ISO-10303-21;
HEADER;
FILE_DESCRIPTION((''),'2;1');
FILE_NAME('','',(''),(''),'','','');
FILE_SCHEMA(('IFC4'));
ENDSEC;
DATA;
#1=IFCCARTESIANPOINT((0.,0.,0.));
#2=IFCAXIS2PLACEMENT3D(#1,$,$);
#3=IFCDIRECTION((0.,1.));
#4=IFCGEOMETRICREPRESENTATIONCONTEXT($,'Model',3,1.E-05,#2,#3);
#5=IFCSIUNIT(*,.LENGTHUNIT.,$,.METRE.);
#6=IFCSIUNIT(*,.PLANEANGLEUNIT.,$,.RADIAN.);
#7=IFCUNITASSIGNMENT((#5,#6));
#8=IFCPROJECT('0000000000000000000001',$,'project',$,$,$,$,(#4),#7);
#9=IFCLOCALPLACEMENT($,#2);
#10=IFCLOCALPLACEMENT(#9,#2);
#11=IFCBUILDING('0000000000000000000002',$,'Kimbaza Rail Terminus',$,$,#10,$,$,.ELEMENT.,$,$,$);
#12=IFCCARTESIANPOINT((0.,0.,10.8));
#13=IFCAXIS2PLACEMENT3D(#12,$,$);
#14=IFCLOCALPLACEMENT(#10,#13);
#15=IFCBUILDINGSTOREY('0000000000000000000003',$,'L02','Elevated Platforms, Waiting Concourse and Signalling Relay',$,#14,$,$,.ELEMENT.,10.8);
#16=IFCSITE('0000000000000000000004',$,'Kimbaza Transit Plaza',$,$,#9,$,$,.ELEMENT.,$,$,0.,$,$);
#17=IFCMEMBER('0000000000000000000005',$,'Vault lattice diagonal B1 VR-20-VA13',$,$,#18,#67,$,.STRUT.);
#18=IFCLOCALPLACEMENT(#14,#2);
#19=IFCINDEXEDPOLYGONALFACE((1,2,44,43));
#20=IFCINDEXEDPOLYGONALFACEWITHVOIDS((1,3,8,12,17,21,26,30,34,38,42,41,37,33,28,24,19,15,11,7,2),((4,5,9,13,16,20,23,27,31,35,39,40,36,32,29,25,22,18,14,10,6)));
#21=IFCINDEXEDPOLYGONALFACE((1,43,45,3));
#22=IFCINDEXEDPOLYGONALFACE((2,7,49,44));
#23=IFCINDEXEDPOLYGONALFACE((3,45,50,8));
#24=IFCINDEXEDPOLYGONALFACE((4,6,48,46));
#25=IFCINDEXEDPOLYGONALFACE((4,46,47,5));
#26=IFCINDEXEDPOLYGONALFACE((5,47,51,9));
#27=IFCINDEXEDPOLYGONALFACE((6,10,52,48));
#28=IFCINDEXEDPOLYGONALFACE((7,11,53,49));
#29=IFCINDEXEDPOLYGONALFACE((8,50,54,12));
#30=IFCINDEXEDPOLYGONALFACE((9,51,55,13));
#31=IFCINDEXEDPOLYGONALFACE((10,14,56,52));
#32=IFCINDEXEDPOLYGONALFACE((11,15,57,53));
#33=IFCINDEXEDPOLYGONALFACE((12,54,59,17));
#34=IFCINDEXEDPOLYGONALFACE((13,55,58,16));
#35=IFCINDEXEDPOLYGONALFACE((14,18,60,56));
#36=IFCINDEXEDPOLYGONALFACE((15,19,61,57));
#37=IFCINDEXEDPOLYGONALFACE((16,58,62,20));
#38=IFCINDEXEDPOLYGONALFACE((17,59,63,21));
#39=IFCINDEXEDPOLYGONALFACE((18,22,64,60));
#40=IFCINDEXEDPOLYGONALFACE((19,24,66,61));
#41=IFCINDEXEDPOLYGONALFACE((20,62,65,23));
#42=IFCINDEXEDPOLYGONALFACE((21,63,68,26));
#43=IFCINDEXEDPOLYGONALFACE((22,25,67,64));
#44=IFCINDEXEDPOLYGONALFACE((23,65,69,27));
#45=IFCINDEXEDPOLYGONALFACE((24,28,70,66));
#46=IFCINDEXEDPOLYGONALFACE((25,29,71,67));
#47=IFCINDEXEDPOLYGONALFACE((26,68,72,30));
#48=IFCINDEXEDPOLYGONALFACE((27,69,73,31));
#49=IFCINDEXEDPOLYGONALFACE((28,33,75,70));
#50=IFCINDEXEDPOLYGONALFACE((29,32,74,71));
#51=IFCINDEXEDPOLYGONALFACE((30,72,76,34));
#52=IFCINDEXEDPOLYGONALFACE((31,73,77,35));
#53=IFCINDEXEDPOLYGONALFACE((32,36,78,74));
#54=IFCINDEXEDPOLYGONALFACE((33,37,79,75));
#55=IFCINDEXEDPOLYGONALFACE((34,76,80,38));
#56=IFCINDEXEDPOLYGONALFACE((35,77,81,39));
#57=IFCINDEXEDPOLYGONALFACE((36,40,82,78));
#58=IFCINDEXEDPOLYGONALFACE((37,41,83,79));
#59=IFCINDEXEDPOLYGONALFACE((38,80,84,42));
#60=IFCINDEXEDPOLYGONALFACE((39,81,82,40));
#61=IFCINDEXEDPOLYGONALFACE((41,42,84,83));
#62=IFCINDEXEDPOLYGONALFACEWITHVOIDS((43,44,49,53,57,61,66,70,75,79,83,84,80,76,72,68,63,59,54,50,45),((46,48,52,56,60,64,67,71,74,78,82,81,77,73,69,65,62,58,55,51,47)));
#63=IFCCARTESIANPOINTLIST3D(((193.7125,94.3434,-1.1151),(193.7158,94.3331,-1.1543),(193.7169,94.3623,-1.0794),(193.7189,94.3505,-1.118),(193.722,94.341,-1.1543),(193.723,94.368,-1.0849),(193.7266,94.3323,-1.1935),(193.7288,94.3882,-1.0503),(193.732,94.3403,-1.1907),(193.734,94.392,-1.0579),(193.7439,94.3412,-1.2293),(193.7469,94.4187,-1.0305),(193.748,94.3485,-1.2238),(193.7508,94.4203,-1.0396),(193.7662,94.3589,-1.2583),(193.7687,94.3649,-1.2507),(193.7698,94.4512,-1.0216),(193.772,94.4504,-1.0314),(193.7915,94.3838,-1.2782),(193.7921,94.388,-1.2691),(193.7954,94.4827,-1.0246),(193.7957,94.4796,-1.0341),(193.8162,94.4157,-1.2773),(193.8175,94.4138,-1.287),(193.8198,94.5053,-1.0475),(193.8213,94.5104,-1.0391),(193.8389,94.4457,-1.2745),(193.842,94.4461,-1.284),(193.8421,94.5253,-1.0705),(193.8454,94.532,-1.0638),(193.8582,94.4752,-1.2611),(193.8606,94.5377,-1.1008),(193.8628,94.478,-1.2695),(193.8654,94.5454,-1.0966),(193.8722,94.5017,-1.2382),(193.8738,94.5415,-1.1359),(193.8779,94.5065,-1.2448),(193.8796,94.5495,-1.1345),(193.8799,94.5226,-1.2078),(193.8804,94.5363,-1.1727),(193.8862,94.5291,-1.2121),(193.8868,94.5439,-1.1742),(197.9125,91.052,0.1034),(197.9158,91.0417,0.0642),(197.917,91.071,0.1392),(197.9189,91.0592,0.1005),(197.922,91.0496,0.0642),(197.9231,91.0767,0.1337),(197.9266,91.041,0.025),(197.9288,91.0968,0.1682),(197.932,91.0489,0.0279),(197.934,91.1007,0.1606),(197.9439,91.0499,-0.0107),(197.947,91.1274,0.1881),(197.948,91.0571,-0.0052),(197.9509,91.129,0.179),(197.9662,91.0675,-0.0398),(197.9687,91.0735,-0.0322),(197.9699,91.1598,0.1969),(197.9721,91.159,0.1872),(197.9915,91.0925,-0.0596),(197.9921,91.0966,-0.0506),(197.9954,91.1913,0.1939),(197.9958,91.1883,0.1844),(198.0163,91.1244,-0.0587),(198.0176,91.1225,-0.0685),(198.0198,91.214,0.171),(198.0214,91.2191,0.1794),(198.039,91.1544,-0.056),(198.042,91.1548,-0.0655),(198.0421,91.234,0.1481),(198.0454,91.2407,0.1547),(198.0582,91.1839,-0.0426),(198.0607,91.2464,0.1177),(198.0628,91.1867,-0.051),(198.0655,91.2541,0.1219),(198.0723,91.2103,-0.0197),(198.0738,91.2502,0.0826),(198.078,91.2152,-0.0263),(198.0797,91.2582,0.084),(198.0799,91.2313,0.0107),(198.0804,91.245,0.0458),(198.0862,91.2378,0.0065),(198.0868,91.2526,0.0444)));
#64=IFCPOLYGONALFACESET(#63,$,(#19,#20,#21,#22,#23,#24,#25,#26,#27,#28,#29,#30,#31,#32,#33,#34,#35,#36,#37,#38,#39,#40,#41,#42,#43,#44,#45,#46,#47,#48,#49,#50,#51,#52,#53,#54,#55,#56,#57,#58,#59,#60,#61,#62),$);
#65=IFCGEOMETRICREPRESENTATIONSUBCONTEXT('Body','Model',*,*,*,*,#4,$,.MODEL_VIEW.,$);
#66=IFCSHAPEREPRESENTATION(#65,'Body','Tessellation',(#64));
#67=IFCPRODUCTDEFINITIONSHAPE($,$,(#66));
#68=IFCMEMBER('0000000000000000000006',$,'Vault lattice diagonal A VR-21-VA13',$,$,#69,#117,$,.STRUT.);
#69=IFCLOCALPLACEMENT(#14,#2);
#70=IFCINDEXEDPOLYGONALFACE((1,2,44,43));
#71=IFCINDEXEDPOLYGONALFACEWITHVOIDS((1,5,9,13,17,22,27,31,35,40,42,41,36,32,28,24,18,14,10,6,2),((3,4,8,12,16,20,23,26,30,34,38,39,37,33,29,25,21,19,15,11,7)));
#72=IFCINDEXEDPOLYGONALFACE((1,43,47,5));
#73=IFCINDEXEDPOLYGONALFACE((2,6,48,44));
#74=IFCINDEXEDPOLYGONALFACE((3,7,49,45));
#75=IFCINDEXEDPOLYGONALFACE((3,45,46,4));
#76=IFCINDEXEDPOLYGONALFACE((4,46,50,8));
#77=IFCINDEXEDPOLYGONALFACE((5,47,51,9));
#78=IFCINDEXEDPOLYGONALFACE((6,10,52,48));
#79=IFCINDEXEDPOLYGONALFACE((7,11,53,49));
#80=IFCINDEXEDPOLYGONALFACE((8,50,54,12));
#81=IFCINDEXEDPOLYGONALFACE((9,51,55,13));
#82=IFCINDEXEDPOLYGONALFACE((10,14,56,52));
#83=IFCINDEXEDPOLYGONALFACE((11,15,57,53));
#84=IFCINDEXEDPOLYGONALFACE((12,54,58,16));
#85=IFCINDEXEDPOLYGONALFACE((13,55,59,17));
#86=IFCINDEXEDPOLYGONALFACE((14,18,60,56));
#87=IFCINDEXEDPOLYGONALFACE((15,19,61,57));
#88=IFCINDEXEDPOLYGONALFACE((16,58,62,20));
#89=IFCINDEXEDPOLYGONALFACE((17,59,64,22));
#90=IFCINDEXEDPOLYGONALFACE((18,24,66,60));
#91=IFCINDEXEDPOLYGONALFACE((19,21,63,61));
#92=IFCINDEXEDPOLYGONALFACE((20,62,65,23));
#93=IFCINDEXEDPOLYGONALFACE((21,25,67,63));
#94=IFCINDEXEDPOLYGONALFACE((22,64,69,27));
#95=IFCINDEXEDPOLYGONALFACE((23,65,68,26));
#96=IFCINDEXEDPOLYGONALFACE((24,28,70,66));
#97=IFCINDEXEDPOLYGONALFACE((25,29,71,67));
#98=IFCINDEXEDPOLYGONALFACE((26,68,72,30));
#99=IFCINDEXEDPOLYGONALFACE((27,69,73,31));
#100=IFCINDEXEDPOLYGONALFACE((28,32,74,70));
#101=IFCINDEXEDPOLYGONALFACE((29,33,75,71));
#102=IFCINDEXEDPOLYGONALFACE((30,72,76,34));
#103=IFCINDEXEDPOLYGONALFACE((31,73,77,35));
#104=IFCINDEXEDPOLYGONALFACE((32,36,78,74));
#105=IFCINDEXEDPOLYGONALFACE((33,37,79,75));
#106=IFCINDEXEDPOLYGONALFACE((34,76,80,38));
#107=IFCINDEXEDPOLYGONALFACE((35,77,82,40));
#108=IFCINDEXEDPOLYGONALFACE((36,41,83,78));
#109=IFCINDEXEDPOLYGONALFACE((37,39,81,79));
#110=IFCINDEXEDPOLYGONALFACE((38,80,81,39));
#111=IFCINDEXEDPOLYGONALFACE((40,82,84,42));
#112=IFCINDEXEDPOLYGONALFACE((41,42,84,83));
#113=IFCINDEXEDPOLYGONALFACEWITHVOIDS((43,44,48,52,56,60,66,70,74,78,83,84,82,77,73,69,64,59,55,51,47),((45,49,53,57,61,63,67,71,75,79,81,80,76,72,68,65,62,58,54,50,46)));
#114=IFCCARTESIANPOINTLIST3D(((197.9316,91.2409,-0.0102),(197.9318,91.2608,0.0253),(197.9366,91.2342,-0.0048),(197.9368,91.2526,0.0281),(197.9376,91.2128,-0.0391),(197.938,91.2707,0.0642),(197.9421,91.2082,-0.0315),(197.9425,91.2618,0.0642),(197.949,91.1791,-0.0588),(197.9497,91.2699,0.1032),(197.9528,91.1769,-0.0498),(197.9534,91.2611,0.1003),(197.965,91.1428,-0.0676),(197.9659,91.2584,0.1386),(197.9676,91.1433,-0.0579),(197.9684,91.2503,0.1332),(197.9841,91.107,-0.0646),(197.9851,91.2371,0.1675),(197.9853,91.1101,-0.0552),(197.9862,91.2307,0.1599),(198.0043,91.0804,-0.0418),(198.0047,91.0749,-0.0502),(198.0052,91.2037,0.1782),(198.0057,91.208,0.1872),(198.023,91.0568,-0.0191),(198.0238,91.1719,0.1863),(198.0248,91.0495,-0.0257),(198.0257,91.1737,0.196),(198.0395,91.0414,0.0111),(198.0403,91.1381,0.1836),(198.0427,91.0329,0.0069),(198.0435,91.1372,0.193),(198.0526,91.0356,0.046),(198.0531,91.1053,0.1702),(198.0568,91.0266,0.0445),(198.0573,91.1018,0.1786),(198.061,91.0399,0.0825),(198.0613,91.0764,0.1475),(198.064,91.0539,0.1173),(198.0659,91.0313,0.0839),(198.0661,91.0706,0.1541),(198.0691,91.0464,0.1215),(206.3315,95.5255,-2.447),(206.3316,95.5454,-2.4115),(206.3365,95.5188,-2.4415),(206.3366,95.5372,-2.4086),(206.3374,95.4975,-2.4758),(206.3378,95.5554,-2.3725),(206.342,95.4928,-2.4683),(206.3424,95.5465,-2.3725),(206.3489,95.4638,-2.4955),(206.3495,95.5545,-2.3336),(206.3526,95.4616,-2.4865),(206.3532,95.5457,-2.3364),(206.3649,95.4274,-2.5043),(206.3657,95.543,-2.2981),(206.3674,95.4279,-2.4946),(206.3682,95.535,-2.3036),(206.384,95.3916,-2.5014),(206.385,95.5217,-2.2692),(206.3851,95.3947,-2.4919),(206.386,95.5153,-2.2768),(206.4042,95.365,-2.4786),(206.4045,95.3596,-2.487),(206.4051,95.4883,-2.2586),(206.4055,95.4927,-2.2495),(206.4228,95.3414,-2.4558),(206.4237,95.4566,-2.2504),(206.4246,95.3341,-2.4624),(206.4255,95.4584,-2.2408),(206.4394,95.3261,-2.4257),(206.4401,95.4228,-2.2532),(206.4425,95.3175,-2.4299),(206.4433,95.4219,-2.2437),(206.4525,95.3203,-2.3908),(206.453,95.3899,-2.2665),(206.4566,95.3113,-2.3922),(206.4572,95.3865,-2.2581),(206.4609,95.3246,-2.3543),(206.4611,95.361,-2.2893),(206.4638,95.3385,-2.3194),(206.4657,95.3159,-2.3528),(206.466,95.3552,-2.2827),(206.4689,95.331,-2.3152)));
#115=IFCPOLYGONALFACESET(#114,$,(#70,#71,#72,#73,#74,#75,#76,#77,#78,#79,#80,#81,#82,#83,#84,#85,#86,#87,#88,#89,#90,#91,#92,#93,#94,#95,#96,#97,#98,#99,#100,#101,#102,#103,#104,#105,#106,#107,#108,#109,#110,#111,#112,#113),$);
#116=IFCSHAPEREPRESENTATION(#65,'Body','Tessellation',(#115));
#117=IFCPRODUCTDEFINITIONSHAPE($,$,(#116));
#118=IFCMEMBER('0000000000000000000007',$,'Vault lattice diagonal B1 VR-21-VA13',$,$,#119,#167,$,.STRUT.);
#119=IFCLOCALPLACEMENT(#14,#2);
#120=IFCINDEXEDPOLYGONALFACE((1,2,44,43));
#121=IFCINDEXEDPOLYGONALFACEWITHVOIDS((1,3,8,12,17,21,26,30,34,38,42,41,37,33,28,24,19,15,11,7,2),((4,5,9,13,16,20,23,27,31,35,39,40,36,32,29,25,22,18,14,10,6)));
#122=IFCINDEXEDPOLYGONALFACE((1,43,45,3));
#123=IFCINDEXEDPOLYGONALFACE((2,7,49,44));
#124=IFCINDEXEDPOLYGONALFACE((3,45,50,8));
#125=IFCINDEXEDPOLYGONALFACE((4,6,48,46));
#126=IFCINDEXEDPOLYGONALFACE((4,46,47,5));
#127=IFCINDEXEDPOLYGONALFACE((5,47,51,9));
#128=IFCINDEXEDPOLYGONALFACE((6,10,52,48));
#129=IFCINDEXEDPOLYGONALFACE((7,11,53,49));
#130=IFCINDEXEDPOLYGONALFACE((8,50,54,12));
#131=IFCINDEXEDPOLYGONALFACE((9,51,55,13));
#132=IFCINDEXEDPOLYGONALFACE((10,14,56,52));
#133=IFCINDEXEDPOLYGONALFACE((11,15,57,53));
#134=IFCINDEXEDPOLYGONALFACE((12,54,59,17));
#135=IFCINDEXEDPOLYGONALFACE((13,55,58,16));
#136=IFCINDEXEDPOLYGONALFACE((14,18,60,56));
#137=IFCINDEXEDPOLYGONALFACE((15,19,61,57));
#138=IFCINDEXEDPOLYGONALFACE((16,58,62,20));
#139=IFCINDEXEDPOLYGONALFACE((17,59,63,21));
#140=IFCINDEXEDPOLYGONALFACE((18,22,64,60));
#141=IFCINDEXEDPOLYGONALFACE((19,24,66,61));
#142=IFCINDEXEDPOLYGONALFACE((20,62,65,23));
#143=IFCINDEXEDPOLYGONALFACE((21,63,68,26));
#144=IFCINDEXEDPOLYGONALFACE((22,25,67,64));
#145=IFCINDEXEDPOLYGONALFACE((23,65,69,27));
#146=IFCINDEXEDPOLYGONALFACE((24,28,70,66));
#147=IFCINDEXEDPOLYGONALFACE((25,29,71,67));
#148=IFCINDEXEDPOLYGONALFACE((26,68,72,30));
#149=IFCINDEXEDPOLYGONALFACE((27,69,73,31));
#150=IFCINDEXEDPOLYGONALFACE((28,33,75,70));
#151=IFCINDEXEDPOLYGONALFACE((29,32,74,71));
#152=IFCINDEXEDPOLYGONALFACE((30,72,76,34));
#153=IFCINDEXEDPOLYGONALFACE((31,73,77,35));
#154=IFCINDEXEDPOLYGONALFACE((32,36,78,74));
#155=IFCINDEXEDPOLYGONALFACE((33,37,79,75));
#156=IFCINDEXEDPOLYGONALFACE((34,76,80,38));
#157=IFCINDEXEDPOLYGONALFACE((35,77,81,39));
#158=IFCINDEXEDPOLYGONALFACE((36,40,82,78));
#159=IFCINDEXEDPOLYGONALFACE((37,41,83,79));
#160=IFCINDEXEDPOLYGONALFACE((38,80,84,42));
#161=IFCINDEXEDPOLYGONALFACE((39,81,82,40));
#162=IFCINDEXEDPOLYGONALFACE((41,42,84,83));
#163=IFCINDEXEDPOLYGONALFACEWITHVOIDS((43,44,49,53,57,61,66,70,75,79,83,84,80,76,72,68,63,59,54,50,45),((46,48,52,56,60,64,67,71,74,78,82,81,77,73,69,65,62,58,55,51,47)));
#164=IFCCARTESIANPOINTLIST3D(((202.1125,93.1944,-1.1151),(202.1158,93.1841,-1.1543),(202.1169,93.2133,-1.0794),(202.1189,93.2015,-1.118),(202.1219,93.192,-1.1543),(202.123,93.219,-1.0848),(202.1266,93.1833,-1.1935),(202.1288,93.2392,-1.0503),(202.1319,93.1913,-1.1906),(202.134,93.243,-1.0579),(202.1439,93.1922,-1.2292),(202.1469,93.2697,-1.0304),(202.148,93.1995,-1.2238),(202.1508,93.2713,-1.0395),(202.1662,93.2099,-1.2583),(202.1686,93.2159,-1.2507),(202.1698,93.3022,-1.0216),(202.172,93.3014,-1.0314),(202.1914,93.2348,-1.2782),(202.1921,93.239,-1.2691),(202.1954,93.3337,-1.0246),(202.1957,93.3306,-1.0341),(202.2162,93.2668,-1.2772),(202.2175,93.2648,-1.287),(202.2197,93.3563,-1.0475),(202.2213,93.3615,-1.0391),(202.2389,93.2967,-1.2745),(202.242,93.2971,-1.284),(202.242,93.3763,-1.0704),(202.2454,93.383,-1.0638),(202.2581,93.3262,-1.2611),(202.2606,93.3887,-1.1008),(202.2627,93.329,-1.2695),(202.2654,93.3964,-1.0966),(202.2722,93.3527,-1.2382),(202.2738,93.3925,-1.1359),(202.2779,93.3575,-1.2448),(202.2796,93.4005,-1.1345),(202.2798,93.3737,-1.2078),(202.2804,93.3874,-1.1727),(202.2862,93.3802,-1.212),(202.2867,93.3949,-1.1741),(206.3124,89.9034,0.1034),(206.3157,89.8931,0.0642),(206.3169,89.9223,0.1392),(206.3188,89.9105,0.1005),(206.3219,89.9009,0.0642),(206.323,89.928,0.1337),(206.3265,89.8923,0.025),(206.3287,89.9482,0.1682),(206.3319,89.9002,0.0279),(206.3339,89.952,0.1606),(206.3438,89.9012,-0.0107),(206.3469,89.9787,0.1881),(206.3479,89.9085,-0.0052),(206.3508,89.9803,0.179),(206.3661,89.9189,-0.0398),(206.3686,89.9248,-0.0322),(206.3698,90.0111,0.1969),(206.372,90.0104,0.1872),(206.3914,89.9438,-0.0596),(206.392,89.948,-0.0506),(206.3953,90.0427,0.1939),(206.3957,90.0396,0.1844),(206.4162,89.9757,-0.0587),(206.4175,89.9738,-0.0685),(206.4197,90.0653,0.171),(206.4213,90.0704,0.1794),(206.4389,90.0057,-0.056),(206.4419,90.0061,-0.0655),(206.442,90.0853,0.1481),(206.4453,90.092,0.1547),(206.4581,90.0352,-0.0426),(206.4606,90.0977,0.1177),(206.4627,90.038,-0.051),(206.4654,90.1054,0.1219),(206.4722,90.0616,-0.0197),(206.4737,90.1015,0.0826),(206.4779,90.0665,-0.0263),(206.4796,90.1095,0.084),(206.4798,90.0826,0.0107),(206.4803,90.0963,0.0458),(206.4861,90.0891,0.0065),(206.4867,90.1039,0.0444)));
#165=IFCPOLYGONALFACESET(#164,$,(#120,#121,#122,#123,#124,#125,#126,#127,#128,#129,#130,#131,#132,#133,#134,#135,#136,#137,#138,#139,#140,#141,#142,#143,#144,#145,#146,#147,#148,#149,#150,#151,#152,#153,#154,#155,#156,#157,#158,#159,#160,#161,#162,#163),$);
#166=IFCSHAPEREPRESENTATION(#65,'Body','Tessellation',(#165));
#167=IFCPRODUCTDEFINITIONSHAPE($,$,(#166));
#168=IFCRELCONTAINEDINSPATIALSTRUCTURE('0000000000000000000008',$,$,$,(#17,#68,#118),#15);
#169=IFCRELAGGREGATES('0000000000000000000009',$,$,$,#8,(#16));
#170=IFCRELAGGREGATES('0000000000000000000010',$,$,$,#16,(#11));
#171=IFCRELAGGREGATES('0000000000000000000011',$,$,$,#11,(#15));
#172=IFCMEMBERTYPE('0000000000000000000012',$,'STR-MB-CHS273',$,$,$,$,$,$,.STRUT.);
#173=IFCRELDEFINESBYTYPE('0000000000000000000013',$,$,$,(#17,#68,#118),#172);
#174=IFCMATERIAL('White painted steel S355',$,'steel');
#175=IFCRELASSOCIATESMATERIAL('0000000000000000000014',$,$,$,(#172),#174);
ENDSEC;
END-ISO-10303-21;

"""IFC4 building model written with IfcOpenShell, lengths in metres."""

from ifc_helpers import new_model, si_unit, direction, frame, origin, origin_2d, place, context, subcontext, project, spatial, hollow_circle, extrude, material, material_profile, profile_set, type_object, element, save


model = new_model("IFC4")

# Units and contexts
model_context = context("Model", 3, precision=1e-05, world=origin(), true_north=direction((0.0, 1.0)))
body_context = subcontext(model_context, "Body", "Model", "MODEL_VIEW")
ifc_project = project(units=[si_unit("LENGTHUNIT", "METRE"), si_unit("PLANEANGLEUNIT", "RADIAN")], contexts=[model_context])

# Site, building, storey
site_placement = place(None, origin())
site = spatial("IfcSite", under=ifc_project, at=site_placement, Name="Kimbaza Transit Plaza", CompositionType="ELEMENT", RefElevation=0.0)
building_placement = place(site_placement, origin())
building = spatial("IfcBuilding", under=site, at=building_placement, Name="Kimbaza Rail Terminus", CompositionType="ELEMENT")
storey_placement = place(building_placement, frame((0.0, 0.0, 10.8)))
storey = spatial("IfcBuildingStorey", under=building, at=storey_placement, Name="L02", Description="Elevated Platforms, Waiting Concourse and Signalling Relay", CompositionType="ELEMENT", Elevation=10.8)

# Members
ifc_material_1 = material(Name="White painted steel S355", Category="steel")
ifc_material_profile_1 = material_profile(ifc_material_1, hollow_circle(Radius=0.1365, WallThickness=0.01, at=origin_2d()), Name="CHS 273x10")
ifc_profile_set_1 = profile_set([ifc_material_profile_1], Name="White painted steel S355")
member_type_1 = type_object("IfcMemberType", Name="STR-MB-CHS273", PredefinedType="STRUT", material=ifc_profile_set_1)
member_1_placement = place(storey_placement, frame((198.0, 91.1492, 0.0642), z_axis=(-0.767356, 0.601333, -0.222628), x_axis=(-0.616813, -0.78711, 0.0)))
element("IfcMember", 1, at=member_1_placement, inside=storey, type_object=member_type_1, Name="Vault lattice diagonal B1 VR-20-VA13", PredefinedType="STRUT", context=body_context, shape_type="SweptSolid", body=[
    extrude(hollow_circle(Radius=0.1365, WallThickness=0.01, at=origin_2d()), origin(), (0.0, 0.0, 1.0), 5.4734),
])
member_2_placement = place(storey_placement, frame((198.0, 91.1492, 0.0642), z_axis=(0.862472, 0.439935, -0.250199), x_axis=(-0.454386, 0.890805, 0.0)))
element("IfcMember", 2, at=member_2_placement, inside=storey, type_object=member_type_1, Name="Vault lattice diagonal A VR-21-VA13", PredefinedType="STRUT", context=body_context, shape_type="SweptSolid", body=[
    extrude(hollow_circle(Radius=0.1365, WallThickness=0.01, at=origin_2d()), origin(), (0.0, 0.0, 1.0), 9.7393),
])
for number, where, z_axis, x_axis, name in (
    (3, (206.3999, 90.0005, 0.0642), (-0.767377, 0.601304, -0.222634), (-0.616784, -0.787132, 0.0), "Vault lattice diagonal B1 VR-21-VA13"),
):
    element("IfcMember", number, at=place(storey_placement, frame(where, z_axis=z_axis, x_axis=x_axis)), inside=storey, type_object=member_type_1, Name=name, PredefinedType="STRUT", context=body_context, shape_type="SweptSolid", body=[
        extrude(hollow_circle(Radius=0.1365, WallThickness=0.01, at=origin_2d()), origin(), (0.0, 0.0, 1.0), 5.4731),
    ])

save(model, "model.ifc")
